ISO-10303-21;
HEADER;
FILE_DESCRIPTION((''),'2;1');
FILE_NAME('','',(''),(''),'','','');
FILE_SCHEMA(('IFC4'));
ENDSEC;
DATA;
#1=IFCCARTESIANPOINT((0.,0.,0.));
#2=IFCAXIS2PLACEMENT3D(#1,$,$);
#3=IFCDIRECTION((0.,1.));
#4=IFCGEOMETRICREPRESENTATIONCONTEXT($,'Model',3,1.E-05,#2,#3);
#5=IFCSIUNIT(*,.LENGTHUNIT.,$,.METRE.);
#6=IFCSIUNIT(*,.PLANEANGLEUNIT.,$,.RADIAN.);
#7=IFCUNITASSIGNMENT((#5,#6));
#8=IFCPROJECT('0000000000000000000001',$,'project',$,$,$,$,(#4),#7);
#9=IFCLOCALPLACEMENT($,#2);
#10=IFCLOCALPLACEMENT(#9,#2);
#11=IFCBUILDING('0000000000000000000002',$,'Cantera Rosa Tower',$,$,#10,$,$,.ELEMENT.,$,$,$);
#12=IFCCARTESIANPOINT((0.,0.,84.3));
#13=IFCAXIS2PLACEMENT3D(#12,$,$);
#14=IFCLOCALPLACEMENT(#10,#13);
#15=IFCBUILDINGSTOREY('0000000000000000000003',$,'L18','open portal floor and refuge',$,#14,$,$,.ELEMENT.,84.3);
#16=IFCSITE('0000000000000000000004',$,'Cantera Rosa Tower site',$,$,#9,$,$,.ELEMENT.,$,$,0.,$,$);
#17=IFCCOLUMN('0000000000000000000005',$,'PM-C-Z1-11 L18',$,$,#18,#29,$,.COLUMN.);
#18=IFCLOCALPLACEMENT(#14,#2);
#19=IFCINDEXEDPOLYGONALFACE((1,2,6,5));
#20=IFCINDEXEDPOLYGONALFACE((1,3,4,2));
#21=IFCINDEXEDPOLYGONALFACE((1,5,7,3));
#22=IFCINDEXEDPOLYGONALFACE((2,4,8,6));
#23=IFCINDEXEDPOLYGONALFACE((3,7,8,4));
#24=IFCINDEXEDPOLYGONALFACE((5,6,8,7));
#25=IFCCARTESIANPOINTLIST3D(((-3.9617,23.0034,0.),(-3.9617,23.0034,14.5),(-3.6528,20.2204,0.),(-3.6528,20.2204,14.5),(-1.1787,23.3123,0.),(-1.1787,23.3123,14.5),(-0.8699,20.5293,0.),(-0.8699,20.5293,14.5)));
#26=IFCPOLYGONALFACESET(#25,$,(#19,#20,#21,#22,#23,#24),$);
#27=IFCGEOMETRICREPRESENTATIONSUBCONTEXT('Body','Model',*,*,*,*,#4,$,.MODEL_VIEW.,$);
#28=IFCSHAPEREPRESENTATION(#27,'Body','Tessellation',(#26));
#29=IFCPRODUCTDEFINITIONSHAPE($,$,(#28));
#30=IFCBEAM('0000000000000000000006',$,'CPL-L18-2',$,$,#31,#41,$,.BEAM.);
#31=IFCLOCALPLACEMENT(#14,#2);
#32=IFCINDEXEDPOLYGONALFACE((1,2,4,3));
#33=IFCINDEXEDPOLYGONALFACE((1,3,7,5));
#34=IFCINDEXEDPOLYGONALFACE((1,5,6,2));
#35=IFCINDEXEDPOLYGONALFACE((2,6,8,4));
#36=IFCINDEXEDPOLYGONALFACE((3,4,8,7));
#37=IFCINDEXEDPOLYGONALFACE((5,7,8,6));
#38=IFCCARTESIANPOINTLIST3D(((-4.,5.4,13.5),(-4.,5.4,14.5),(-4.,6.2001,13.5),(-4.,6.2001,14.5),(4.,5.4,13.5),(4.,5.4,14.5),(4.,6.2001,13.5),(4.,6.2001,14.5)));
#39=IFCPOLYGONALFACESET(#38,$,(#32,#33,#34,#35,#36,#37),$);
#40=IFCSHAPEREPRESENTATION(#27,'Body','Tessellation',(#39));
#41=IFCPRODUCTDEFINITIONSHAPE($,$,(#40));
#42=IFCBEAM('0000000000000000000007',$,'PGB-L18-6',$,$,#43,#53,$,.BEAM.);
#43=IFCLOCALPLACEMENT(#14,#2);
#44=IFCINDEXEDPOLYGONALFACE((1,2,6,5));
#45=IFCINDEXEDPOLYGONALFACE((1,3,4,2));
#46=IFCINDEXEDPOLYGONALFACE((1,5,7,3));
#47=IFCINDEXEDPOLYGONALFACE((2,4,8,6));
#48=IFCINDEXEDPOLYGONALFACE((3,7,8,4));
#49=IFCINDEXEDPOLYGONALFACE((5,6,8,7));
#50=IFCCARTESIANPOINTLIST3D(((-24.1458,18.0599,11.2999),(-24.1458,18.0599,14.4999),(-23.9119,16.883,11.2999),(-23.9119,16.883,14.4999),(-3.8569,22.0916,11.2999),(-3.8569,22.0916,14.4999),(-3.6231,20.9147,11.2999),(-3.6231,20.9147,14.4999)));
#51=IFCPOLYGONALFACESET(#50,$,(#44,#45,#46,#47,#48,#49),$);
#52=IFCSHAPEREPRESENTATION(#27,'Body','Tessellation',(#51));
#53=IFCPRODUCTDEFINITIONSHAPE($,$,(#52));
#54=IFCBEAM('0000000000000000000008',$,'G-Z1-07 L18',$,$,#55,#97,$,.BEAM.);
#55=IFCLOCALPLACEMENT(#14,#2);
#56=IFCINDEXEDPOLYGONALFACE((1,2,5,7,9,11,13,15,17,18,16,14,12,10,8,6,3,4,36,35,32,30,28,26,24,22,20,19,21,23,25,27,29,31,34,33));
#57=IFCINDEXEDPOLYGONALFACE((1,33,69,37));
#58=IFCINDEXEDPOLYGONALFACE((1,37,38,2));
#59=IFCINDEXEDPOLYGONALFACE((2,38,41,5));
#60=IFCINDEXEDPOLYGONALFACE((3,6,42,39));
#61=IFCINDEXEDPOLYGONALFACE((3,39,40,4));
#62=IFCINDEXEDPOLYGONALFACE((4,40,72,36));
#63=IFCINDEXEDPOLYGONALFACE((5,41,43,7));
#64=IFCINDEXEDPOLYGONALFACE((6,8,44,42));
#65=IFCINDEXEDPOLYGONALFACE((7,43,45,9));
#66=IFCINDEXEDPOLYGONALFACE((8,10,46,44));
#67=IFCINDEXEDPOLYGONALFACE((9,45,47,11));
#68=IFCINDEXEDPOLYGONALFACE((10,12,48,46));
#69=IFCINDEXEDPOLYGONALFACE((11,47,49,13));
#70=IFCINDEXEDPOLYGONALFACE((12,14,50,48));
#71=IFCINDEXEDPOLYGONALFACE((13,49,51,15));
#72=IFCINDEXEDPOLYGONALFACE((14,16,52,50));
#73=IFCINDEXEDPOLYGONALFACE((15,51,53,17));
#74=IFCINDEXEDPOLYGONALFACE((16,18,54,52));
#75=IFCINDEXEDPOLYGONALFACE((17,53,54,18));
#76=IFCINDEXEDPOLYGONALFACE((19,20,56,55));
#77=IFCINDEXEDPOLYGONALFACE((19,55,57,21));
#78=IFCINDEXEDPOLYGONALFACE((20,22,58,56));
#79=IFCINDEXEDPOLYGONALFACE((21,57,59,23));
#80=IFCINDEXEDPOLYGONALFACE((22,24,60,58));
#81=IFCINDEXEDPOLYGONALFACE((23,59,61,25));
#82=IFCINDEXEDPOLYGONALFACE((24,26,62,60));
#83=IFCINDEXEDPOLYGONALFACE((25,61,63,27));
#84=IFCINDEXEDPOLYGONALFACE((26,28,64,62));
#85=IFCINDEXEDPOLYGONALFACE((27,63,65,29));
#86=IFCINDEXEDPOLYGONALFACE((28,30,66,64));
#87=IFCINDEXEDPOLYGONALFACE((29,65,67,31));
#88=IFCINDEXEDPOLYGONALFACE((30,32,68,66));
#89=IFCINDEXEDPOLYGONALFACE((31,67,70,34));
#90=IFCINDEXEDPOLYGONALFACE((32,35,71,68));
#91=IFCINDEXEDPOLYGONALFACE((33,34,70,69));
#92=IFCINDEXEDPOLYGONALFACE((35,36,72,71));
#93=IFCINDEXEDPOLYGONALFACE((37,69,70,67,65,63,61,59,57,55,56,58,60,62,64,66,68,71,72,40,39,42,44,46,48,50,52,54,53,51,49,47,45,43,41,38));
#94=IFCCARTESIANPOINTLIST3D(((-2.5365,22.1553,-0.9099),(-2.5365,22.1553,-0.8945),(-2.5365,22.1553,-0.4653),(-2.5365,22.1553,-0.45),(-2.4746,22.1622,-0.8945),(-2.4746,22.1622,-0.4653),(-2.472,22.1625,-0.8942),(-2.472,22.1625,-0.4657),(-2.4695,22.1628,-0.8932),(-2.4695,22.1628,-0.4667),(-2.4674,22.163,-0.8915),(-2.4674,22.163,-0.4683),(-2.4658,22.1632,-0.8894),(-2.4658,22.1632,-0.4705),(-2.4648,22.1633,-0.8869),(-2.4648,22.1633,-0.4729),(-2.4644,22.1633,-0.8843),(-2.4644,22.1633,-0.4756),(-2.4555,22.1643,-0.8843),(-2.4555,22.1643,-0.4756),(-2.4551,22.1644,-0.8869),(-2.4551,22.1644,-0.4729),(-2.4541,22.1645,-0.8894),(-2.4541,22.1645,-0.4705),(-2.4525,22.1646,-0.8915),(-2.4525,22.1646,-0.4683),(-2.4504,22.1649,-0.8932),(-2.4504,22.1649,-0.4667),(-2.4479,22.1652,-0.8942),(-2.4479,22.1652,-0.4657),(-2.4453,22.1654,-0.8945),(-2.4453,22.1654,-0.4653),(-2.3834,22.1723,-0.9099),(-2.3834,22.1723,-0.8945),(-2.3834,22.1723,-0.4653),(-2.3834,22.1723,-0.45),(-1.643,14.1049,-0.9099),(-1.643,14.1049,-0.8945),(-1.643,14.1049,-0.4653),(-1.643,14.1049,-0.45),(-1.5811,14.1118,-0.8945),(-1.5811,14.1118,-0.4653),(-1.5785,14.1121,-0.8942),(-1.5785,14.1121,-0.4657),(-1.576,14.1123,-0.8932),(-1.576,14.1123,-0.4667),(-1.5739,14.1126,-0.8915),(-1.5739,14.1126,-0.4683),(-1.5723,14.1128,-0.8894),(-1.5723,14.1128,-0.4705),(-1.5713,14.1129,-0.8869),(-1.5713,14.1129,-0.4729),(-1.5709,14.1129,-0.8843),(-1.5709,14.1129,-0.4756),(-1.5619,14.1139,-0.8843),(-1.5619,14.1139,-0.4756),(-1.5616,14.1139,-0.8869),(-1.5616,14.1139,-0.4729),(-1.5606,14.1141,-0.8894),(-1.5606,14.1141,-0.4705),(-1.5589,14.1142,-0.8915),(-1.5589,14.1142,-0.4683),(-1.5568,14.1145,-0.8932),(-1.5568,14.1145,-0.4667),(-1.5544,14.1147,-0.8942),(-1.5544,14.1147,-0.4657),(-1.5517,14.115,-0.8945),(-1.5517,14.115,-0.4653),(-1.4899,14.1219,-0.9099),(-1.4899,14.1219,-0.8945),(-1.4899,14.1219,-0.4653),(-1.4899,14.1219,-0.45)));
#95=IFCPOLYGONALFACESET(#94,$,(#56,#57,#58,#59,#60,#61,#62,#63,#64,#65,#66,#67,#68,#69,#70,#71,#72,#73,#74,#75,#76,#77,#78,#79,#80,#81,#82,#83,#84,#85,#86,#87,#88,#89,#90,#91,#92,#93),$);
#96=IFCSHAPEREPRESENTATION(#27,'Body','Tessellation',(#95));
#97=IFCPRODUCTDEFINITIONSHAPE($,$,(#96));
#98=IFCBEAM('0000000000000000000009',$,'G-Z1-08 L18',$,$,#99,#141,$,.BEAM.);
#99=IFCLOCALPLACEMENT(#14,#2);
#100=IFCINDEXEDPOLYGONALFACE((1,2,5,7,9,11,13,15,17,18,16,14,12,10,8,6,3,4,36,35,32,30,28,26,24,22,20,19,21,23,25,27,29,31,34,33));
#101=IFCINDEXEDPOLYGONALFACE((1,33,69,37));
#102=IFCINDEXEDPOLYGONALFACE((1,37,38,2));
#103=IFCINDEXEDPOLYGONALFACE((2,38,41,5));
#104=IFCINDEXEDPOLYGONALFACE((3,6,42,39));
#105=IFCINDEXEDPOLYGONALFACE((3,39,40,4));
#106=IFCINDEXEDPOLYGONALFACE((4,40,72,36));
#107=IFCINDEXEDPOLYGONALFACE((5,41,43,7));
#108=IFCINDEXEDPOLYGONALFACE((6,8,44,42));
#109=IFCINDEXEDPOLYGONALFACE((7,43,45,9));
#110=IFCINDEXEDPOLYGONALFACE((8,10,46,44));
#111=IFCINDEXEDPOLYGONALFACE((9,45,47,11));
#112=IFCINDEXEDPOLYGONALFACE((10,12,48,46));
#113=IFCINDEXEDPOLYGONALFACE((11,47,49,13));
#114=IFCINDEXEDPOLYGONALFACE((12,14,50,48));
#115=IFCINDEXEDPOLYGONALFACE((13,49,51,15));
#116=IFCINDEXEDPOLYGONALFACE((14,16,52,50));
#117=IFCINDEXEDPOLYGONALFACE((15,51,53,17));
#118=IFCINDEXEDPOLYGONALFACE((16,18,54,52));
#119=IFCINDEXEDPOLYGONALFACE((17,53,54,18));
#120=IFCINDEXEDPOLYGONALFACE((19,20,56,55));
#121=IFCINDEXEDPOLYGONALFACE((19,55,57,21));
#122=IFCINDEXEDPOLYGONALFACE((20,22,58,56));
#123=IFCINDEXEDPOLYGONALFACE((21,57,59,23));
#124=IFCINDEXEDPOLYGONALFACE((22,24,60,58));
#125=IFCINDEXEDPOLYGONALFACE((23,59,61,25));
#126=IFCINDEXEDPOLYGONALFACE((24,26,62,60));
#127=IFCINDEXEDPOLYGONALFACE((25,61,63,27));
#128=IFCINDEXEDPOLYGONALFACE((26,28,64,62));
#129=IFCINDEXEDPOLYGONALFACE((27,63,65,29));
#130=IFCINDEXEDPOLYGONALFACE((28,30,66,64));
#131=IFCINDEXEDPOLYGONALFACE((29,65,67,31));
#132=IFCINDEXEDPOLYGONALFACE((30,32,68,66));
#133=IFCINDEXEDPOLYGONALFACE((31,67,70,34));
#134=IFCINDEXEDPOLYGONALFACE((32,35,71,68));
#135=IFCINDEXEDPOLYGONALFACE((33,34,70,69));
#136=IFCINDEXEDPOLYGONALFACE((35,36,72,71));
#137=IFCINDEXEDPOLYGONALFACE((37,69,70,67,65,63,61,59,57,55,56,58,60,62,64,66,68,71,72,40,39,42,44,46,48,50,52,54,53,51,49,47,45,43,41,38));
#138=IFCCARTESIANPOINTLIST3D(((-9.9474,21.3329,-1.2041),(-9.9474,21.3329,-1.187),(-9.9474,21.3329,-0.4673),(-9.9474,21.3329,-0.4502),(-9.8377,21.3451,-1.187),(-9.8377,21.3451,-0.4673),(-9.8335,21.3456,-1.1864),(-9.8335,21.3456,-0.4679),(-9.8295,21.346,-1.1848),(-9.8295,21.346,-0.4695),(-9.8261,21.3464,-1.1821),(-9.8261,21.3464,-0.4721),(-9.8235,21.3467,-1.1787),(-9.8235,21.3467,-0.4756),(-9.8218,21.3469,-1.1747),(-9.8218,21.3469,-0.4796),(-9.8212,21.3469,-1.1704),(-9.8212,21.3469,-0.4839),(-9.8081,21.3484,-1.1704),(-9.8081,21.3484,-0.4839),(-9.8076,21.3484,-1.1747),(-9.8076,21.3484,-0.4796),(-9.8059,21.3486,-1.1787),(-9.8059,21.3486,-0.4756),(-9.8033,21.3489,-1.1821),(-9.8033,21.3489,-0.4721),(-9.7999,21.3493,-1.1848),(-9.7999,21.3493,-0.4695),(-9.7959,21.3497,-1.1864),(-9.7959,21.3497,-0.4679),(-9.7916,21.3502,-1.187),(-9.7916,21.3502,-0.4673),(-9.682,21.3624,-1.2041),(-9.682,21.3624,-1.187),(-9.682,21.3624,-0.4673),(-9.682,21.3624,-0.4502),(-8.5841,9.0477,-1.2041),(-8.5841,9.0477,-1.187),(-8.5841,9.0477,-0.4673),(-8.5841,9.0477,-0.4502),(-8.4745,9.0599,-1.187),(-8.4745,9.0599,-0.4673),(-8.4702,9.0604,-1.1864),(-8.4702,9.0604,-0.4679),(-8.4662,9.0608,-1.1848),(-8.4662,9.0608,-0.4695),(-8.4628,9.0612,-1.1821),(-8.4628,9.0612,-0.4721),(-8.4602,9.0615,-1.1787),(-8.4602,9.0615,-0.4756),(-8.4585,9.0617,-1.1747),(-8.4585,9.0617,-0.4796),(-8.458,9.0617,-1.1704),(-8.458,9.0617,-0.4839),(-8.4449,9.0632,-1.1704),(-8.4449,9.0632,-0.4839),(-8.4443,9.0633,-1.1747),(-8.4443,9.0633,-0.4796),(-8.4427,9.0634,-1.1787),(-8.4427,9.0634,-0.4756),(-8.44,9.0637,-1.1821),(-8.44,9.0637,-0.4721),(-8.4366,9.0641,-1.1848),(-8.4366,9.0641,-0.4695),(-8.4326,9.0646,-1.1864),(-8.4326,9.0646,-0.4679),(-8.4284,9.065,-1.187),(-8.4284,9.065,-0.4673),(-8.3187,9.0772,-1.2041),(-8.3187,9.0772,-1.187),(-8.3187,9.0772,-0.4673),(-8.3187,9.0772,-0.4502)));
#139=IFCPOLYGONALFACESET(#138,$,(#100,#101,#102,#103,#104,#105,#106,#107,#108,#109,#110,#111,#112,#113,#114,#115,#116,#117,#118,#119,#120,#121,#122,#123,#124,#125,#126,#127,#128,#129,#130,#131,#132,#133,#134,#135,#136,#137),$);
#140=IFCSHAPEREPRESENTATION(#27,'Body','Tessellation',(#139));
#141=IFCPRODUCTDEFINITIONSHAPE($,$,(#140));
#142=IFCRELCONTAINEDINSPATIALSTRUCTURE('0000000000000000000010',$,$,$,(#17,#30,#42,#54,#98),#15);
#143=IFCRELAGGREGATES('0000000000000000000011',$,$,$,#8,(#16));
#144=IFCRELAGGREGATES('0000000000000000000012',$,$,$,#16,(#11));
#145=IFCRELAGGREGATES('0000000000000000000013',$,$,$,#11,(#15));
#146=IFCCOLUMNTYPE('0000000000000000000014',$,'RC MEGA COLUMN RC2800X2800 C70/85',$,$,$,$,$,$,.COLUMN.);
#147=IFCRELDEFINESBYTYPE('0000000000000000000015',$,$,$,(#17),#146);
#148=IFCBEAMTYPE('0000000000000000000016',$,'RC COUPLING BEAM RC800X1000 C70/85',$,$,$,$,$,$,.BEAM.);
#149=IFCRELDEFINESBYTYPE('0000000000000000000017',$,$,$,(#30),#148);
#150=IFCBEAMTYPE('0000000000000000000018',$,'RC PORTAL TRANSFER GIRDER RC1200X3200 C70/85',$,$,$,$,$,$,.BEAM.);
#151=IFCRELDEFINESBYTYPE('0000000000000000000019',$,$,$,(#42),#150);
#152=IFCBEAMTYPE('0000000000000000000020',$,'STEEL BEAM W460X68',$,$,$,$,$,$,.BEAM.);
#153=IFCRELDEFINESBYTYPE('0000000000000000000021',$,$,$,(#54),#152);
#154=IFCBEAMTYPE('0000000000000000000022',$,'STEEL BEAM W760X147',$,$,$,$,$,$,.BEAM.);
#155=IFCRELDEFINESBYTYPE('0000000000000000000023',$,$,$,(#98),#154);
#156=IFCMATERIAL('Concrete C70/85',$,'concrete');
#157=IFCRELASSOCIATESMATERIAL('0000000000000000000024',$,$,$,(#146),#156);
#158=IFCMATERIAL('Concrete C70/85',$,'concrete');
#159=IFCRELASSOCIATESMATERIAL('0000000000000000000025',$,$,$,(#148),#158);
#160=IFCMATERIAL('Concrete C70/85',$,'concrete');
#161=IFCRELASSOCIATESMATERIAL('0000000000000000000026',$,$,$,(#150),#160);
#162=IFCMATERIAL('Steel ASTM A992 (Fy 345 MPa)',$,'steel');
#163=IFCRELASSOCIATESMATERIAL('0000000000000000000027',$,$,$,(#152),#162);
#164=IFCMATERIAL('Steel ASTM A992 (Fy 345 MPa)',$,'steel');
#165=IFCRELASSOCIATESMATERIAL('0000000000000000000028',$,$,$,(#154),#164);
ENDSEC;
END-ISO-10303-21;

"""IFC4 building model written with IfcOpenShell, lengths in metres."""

from ifc_helpers import new_model, si_unit, direction, frame, origin, origin_2d, place, context, subcontext, project, spatial, rectangle, i_section, extrude, material, material_profile, profile_set, type_object, element, save


model = new_model("IFC4")

# Units and contexts
model_context = context("Model", 3, precision=1e-05, world=origin(), true_north=direction((0.0, 1.0)))
body_context = subcontext(model_context, "Body", "Model", "MODEL_VIEW")
ifc_project = project(units=[si_unit("LENGTHUNIT", "METRE"), si_unit("PLANEANGLEUNIT", "RADIAN")], contexts=[model_context])

# Site, building, storey
site_placement = place(None, origin())
site = spatial("IfcSite", under=ifc_project, at=site_placement, Name="Cantera Rosa Tower site", CompositionType="ELEMENT", RefElevation=0.0)
building_placement = place(site_placement, origin())
building = spatial("IfcBuilding", under=site, at=building_placement, Name="Cantera Rosa Tower", CompositionType="ELEMENT")
storey_placement = place(building_placement, frame((0.0, 0.0, 84.3)))
storey = spatial("IfcBuildingStorey", under=building, at=storey_placement, Name="L18", Description="open portal floor and refuge", CompositionType="ELEMENT", Elevation=84.3)

# Column
ifc_material_1 = material(Name="Concrete C70/85", Category="concrete")
ifc_material_profile_1 = material_profile(ifc_material_1, rectangle(XDim=2.8, YDim=2.8, at=origin_2d()), Name="RC MEGA COLUMN RC2800X2800 C70/85")
ifc_profile_set_1 = profile_set([ifc_material_profile_1], Name="Concrete C70/85")
column_type = type_object("IfcColumnType", Name="RC MEGA COLUMN RC2800X2800 C70/85", PredefinedType="COLUMN", material=ifc_profile_set_1)
column_placement = place(storey_placement, frame((-2.4158, 21.7664, 0.0), z_axis=(0.0, 0.0, 1.0), x_axis=(0.993897, 0.110313, 0.0)))
element("IfcColumn", 1, at=column_placement, inside=storey, type_object=column_type, Name="PM-C-Z1-11 L18", PredefinedType="COLUMN", context=body_context, shape_type="SweptSolid", body=[
    extrude(rectangle(XDim=2.8, YDim=2.8, at=origin_2d()), origin(), (0.0, 0.0, 1.0), 14.5),
])

# Beams
ifc_material_2 = material(Name="Concrete C70/85", Category="concrete")
ifc_material_profile_2 = material_profile(ifc_material_2, rectangle(XDim=0.8, YDim=1.0, at=origin_2d()), Name="RC COUPLING BEAM RC800X1000 C70/85")
ifc_profile_set_2 = profile_set([ifc_material_profile_2], Name="Concrete C70/85")
beam_type_1 = type_object("IfcBeamType", Name="RC COUPLING BEAM RC800X1000 C70/85", PredefinedType="BEAM", material=ifc_profile_set_2)
beam_1_placement = place(storey_placement, frame((-4.0, 5.8, 14.0), z_axis=(1.0, 0.0, 0.0), x_axis=(0.0, 1.0, 0.0)))
element("IfcBeam", 2, at=beam_1_placement, inside=storey, type_object=beam_type_1, Name="CPL-L18-2", PredefinedType="BEAM", context=body_context, shape_type="SweptSolid", body=[
    extrude(rectangle(XDim=0.8, YDim=1.0, at=origin_2d()), origin(), (0.0, 0.0, 1.0), 8.0),
])
ifc_material_3 = material(Name="Concrete C70/85", Category="concrete")
ifc_material_profile_3 = material_profile(ifc_material_3, rectangle(XDim=1.2, YDim=3.2, at=origin_2d()), Name="RC PORTAL TRANSFER GIRDER RC1200X3200 C70/85")
ifc_profile_set_3 = profile_set([ifc_material_profile_3], Name="Concrete C70/85")
beam_type_2 = type_object("IfcBeamType", Name="RC PORTAL TRANSFER GIRDER RC1200X3200 C70/85", PredefinedType="BEAM", material=ifc_profile_set_3)
beam_2_placement = place(storey_placement, frame((-3.74, 21.5032, 12.8999), z_axis=(-0.980822, -0.194906, 0.0), x_axis=(0.194906, -0.980822, 0.0)))
element("IfcBeam", 3, at=beam_2_placement, inside=storey, type_object=beam_type_2, Name="PGB-L18-6", PredefinedType="BEAM", context=body_context, shape_type="SweptSolid", body=[
    extrude(rectangle(XDim=1.2, YDim=3.2, at=origin_2d()), origin(), (0.0, 0.0, 1.0), 20.6855),
])
ifc_material_4 = material(Name="Steel ASTM A992 (Fy 345 MPa)", Category="steel")
ifc_material_profile_4 = material_profile(ifc_material_4, i_section(OverallWidth=0.1541, OverallDepth=0.46, WebThickness=0.009, FlangeThickness=0.0154, FilletRadius=0.0103, at=origin_2d()), Name="W460X68")
ifc_profile_set_4 = profile_set([ifc_material_profile_4], Name="Steel ASTM A992 (Fy 345 MPa)")
beam_type_3 = type_object("IfcBeamType", Name="STEEL BEAM W460X68", PredefinedType="BEAM", material=ifc_profile_set_4)
beam_3_placement = place(storey_placement, frame((-2.46, 22.1638, -0.6799), z_axis=(0.110316, -0.993897, 0.0), x_axis=(0.993897, 0.110316, 0.0)))
element("IfcBeam", 4, at=beam_3_placement, inside=storey, type_object=beam_type_3, Name="G-Z1-07 L18", PredefinedType="BEAM", context=body_context, shape_type="SweptSolid", body=[
    extrude(i_section(OverallWidth=0.1541, OverallDepth=0.46, WebThickness=0.009, FlangeThickness=0.0154, FilletRadius=0.0103, at=origin_2d()), origin(), (0.0, 0.0, 1.0), 8.0999),
])
ifc_material_5 = material(Name="Steel ASTM A992 (Fy 345 MPa)", Category="steel")
ifc_material_profile_5 = material_profile(ifc_material_5, i_section(OverallWidth=0.2671, OverallDepth=0.7539, WebThickness=0.0132, FlangeThickness=0.0171, FilletRadius=0.0166, at=origin_2d()), Name="W760X147")
ifc_profile_set_5 = profile_set([ifc_material_profile_5], Name="Steel ASTM A992 (Fy 345 MPa)")
beam_type_4 = type_object("IfcBeamType", Name="STEEL BEAM W760X147", PredefinedType="BEAM", material=ifc_profile_set_5)
beam_4_placement = place(storey_placement, frame((-9.8147, 21.3477, -0.8271), z_axis=(0.110293, -0.993899, 0.0), x_axis=(0.993899, 0.110293, 0.0)))
element("IfcBeam", 5, at=beam_4_placement, inside=storey, type_object=beam_type_4, Name="G-Z1-08 L18", PredefinedType="BEAM", context=body_context, shape_type="SweptSolid", body=[
    extrude(i_section(OverallWidth=0.2671, OverallDepth=0.7539, WebThickness=0.0132, FlangeThickness=0.0171, FilletRadius=0.0166, at=origin_2d()), origin(), (0.0, 0.0, 1.0), 12.3606),
])

save(model, "model.ifc")
